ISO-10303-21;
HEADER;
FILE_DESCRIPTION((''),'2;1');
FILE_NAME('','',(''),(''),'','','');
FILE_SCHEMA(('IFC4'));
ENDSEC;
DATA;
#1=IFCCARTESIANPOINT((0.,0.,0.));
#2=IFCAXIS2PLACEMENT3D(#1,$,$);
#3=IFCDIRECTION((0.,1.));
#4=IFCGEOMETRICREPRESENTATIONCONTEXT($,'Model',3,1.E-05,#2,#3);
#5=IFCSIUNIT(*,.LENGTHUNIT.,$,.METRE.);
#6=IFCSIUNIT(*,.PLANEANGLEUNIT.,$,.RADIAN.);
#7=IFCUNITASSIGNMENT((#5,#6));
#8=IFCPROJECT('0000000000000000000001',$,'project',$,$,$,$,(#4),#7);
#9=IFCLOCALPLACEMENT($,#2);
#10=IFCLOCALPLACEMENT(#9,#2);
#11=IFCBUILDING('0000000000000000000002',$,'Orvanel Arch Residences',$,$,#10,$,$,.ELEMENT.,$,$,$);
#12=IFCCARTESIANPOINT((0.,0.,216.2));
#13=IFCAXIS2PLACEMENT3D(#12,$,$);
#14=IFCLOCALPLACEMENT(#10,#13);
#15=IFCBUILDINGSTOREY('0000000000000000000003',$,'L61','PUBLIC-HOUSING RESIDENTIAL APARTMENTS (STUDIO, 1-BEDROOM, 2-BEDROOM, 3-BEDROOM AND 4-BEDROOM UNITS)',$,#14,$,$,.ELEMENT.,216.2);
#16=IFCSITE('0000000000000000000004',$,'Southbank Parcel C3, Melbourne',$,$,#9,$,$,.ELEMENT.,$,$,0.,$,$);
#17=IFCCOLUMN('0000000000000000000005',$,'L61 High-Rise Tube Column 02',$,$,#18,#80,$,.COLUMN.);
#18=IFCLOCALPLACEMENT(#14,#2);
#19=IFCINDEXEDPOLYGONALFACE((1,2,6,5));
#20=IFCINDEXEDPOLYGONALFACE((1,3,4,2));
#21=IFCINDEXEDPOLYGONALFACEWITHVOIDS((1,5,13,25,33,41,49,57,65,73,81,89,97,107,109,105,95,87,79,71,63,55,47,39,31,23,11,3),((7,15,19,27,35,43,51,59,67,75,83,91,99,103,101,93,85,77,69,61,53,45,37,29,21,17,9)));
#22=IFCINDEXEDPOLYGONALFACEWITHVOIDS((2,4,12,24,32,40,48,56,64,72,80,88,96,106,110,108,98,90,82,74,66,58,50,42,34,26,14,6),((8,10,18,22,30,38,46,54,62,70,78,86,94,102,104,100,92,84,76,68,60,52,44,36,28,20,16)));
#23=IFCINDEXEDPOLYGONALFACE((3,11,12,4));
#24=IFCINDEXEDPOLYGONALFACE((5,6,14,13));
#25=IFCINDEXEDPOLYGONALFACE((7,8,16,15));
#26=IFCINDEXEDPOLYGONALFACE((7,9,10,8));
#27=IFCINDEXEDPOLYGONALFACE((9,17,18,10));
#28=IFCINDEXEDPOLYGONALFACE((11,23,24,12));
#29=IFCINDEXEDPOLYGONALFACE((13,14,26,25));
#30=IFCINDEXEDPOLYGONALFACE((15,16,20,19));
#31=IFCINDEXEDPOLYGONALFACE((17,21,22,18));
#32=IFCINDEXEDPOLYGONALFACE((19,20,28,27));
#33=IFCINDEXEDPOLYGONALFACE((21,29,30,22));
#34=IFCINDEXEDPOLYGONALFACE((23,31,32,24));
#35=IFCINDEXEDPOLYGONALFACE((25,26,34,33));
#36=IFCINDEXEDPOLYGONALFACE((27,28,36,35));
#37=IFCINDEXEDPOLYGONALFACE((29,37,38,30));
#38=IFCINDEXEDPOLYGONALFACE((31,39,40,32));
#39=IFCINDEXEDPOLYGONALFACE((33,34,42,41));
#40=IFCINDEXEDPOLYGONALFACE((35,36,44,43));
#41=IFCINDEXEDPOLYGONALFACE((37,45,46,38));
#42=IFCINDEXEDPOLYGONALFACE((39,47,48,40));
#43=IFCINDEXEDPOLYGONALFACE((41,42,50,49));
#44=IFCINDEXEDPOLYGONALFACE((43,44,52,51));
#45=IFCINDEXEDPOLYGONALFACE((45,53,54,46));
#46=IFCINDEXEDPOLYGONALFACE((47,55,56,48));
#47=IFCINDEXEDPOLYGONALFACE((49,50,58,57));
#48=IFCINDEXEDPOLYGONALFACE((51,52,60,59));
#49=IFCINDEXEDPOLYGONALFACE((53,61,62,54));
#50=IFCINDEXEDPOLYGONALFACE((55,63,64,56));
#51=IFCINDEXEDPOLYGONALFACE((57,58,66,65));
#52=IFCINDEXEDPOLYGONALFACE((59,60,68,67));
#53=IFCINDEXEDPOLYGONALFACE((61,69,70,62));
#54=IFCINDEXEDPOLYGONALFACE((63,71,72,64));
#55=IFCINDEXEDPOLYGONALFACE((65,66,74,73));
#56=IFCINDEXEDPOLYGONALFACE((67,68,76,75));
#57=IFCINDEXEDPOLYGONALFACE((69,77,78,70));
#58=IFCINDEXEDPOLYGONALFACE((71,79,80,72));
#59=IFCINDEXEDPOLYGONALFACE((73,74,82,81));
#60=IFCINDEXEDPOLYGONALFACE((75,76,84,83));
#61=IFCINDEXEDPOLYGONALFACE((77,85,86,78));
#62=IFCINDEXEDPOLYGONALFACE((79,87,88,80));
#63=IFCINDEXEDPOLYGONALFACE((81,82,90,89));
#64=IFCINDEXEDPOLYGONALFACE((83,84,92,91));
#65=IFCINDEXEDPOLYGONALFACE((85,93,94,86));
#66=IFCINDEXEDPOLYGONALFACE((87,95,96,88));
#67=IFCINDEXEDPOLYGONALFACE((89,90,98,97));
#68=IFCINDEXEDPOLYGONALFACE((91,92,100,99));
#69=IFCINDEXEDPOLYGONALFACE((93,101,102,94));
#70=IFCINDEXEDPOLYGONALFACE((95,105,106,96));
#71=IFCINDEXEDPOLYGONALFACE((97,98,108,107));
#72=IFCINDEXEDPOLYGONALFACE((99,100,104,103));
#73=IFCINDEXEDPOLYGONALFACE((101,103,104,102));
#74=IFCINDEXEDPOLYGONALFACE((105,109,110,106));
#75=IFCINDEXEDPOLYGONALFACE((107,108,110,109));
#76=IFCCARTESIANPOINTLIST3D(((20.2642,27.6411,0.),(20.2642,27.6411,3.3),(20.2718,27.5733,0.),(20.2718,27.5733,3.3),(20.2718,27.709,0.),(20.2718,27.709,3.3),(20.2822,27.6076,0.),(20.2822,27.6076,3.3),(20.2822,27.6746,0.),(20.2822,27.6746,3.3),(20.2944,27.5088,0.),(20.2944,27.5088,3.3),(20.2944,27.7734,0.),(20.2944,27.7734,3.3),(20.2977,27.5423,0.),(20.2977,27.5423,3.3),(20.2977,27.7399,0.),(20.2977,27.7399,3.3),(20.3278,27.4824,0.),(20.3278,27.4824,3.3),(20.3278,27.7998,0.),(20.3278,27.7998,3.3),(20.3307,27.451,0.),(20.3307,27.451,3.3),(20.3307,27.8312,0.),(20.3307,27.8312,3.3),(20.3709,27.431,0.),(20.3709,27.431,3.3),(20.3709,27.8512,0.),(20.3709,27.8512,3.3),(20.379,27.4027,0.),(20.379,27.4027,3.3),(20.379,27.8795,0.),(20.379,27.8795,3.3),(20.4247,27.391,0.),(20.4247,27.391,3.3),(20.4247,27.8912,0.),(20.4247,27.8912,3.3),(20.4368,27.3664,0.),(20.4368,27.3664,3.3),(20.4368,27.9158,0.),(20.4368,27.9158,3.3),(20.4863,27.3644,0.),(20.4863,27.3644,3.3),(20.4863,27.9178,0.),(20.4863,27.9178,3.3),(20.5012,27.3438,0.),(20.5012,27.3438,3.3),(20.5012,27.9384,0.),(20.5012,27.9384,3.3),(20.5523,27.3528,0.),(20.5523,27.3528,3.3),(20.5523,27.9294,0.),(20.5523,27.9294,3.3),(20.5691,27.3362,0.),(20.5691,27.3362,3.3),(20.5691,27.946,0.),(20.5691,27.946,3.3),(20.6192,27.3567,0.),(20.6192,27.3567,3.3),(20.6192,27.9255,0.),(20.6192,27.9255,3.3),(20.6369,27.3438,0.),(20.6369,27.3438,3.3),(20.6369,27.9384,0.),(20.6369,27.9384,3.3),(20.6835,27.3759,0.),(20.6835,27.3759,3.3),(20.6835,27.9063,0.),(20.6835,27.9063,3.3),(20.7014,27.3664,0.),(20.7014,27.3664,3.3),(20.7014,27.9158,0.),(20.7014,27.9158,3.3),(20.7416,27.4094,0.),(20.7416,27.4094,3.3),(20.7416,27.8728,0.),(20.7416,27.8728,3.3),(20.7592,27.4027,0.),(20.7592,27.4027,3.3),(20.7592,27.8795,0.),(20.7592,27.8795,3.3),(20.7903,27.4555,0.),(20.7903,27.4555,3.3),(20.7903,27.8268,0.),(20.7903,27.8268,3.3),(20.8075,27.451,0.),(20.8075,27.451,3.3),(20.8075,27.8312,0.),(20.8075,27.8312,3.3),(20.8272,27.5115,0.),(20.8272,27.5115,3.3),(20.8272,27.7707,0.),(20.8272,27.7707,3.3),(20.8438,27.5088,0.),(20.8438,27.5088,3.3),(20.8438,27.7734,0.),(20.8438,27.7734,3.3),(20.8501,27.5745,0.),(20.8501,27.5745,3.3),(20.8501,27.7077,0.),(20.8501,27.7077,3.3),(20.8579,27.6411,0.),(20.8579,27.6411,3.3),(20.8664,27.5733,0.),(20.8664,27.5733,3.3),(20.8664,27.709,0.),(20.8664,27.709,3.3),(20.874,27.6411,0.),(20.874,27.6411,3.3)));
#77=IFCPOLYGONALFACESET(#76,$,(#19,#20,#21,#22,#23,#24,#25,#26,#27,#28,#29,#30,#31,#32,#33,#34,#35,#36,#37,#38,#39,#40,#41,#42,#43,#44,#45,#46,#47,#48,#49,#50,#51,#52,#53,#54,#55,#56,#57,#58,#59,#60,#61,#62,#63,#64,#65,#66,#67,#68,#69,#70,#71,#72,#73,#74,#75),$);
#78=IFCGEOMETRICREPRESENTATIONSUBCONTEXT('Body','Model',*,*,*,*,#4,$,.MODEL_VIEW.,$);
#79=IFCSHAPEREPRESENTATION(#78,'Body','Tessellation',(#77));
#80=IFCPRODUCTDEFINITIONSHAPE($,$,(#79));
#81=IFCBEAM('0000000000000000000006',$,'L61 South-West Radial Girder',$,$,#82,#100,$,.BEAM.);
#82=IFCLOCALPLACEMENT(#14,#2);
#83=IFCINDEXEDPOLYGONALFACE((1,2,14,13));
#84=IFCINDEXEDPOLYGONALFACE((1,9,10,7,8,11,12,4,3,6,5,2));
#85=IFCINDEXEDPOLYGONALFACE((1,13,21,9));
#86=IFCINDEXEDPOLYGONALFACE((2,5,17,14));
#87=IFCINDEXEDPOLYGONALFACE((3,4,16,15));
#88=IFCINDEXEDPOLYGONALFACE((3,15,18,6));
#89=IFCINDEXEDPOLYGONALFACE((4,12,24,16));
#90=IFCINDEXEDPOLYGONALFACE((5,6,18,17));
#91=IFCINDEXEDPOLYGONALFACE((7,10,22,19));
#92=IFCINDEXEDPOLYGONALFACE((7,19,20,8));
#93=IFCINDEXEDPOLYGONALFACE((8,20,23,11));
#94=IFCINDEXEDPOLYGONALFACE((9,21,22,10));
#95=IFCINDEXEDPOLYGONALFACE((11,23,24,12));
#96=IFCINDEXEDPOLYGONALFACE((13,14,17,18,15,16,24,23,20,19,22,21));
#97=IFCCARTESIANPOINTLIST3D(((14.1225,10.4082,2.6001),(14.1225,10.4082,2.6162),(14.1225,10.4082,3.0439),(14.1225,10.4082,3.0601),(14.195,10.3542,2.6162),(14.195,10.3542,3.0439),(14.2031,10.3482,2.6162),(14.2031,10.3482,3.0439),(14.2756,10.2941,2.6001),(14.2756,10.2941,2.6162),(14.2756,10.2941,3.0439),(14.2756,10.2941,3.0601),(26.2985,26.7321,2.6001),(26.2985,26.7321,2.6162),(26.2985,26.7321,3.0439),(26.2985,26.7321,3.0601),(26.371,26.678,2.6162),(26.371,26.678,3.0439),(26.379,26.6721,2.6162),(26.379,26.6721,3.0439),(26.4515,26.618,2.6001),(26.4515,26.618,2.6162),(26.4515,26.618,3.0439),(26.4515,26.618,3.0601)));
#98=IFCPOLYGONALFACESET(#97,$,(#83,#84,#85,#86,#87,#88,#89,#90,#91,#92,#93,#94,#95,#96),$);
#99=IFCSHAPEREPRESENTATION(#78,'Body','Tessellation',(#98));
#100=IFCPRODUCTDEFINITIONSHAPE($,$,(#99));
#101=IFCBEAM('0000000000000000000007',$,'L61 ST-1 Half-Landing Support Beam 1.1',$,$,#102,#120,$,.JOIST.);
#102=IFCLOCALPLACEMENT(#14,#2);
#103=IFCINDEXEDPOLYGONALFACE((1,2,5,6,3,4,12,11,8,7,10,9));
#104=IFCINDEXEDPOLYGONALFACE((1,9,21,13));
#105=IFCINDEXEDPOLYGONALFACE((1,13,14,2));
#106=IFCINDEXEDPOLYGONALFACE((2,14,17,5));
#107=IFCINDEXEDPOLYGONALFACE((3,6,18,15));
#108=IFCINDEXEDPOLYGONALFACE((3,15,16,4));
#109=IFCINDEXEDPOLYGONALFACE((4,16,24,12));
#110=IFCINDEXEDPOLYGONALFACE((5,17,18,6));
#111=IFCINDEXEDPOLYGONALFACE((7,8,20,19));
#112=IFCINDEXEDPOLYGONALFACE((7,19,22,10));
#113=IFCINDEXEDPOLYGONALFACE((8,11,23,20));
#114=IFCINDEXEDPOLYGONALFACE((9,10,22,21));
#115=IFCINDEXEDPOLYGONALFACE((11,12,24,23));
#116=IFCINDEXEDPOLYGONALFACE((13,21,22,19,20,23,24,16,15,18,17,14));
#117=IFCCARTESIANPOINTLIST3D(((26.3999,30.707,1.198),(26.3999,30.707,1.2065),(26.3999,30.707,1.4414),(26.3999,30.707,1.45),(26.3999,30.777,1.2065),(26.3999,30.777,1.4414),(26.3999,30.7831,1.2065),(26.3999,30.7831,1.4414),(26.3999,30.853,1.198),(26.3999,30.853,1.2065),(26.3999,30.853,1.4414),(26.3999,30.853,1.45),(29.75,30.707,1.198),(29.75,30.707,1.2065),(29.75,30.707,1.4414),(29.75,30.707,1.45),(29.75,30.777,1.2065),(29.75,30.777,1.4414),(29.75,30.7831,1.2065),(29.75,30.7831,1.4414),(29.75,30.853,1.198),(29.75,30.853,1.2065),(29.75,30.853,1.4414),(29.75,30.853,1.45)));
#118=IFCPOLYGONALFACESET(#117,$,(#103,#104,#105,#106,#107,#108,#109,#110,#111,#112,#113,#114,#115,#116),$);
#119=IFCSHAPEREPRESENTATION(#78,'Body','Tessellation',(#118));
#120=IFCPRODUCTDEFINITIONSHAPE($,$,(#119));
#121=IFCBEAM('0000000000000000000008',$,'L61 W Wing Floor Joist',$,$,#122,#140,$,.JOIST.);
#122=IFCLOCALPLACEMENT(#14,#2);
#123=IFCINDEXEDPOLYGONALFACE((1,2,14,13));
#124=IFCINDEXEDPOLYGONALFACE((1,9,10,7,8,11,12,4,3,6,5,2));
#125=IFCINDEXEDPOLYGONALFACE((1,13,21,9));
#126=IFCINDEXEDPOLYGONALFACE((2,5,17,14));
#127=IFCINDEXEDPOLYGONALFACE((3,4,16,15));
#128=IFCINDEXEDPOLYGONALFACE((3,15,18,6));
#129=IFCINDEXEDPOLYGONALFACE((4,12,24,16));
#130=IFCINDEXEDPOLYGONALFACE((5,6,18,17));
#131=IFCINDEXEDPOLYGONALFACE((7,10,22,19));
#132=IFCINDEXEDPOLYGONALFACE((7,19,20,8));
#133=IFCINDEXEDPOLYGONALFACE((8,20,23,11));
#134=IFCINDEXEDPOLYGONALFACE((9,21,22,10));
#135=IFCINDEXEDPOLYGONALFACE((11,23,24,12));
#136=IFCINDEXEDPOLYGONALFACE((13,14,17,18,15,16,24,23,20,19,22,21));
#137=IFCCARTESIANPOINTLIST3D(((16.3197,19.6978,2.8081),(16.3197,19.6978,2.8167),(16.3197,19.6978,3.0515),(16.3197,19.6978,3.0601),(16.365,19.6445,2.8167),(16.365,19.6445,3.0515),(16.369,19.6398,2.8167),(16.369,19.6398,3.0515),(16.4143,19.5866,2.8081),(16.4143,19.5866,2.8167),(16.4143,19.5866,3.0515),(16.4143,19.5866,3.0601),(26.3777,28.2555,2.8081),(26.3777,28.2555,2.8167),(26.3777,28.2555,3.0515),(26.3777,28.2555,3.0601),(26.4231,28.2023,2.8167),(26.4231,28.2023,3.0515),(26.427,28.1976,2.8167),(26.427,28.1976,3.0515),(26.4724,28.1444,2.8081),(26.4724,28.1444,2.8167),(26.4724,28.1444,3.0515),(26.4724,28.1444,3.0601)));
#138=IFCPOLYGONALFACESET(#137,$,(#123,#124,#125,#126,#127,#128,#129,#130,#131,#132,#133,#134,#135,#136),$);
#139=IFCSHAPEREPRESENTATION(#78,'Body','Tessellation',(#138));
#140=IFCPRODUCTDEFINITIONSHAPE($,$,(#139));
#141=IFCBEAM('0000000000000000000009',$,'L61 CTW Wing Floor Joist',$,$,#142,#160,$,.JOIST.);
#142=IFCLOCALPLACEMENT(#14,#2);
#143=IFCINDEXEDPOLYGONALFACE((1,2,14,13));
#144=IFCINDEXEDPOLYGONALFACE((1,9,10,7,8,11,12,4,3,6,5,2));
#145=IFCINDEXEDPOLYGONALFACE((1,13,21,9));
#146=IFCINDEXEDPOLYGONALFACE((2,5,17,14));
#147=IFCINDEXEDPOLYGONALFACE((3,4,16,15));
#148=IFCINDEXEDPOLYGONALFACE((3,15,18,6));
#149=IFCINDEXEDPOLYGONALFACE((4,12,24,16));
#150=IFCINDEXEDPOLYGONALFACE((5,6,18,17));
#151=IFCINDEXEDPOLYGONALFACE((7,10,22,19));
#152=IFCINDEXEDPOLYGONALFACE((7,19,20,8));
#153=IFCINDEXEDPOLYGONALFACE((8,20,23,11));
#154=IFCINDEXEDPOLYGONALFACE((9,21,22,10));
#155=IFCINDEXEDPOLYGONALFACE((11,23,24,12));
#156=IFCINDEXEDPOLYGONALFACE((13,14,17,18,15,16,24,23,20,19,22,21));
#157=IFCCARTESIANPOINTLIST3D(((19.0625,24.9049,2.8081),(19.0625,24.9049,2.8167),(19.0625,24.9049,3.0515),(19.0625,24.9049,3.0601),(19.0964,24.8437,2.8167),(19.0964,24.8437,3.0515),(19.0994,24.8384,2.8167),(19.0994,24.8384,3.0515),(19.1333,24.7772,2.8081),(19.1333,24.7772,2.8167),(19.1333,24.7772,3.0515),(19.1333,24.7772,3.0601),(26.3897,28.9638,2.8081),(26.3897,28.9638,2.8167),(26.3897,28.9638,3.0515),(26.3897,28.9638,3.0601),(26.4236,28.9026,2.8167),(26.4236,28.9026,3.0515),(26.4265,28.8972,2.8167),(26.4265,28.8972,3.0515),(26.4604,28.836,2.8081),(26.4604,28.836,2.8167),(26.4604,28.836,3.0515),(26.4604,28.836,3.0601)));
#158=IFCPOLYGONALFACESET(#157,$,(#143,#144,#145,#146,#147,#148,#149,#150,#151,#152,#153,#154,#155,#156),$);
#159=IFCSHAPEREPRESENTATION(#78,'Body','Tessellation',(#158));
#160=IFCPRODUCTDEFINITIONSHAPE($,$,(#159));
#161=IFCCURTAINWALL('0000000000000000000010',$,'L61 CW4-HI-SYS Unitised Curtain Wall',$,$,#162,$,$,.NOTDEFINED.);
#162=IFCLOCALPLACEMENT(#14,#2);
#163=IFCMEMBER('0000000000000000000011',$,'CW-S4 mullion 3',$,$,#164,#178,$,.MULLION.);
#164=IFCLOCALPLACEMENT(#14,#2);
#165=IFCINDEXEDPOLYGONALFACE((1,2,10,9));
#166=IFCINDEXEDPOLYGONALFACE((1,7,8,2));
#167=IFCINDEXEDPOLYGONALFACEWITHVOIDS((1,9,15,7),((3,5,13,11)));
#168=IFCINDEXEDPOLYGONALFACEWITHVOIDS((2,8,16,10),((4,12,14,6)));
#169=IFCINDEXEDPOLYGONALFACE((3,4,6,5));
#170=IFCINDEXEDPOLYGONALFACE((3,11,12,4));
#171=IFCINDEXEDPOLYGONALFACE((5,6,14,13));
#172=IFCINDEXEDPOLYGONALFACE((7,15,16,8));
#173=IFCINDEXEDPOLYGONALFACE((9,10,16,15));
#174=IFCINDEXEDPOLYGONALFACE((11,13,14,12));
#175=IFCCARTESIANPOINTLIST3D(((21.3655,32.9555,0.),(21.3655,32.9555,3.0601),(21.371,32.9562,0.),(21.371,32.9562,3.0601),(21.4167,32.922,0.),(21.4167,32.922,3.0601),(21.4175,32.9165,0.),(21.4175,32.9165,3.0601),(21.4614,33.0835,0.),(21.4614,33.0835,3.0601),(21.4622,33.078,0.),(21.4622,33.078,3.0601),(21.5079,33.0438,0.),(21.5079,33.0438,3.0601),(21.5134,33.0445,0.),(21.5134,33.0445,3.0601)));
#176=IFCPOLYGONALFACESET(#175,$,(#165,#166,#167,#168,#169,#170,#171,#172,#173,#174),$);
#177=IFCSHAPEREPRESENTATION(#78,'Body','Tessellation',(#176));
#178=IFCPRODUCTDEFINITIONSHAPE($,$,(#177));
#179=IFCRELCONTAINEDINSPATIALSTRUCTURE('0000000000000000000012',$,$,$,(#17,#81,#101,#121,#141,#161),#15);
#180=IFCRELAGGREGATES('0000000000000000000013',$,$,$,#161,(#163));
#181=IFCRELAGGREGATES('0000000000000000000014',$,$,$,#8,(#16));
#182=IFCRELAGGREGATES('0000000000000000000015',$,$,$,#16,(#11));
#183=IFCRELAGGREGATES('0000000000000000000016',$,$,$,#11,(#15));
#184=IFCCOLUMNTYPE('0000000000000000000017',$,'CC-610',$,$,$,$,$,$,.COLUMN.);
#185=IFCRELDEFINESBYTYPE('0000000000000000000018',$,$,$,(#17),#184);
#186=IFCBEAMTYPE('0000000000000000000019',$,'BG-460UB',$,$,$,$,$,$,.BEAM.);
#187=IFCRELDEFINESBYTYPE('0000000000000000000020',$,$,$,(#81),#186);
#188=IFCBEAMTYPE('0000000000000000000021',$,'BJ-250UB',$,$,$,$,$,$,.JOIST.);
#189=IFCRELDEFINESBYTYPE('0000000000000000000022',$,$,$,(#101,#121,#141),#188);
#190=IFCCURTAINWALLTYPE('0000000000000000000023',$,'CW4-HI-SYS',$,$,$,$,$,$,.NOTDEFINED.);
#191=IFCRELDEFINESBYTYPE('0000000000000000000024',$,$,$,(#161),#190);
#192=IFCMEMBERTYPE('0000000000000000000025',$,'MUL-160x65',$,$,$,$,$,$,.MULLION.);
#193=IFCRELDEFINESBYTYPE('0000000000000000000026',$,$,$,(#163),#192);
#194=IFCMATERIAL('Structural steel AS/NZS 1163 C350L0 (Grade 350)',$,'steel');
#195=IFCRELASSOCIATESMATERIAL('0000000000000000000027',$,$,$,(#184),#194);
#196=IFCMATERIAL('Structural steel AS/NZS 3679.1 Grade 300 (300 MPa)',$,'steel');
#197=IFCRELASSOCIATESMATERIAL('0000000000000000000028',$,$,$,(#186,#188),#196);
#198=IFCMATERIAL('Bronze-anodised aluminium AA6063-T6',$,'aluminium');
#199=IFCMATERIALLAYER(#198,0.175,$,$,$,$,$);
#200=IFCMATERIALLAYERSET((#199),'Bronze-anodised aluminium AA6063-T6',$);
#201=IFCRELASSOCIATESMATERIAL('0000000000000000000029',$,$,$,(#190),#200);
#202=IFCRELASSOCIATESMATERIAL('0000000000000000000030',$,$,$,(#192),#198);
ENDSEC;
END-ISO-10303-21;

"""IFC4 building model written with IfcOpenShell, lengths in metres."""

from ifc_helpers import new_model, si_unit, direction, frame, origin, origin_2d, place, context, subcontext, project, spatial, hollow_rectangle, hollow_circle, i_section, extrude, material, layer, layer_set, material_profile, profile_set, type_object, element, aggregate, save


model = new_model("IFC4")

# Units and contexts
model_context = context("Model", 3, precision=1e-05, world=origin(), true_north=direction((0.0, 1.0)))
body_context = subcontext(model_context, "Body", "Model", "MODEL_VIEW")
ifc_project = project(units=[si_unit("LENGTHUNIT", "METRE"), si_unit("PLANEANGLEUNIT", "RADIAN")], contexts=[model_context])

# Site, building, storey
site_placement = place(None, origin())
site = spatial("IfcSite", under=ifc_project, at=site_placement, Name="Southbank Parcel C3, Melbourne", CompositionType="ELEMENT", RefElevation=0.0)
building_placement = place(site_placement, origin())
building = spatial("IfcBuilding", under=site, at=building_placement, Name="Orvanel Arch Residences", CompositionType="ELEMENT")
storey_placement = place(building_placement, frame((0.0, 0.0, 216.2)))
storey = spatial("IfcBuildingStorey", under=building, at=storey_placement, Name="L61", Description="PUBLIC-HOUSING RESIDENTIAL APARTMENTS (STUDIO, 1-BEDROOM, 2-BEDROOM, 3-BEDROOM AND 4-BEDROOM UNITS)", CompositionType="ELEMENT", Elevation=216.2)

# Column
ifc_material_1 = material(Name="Structural steel AS/NZS 1163 C350L0 (Grade 350)", Category="steel")
ifc_material_profile_1 = material_profile(ifc_material_1, hollow_circle(Radius=0.3049, WallThickness=0.0161, at=origin_2d()), Name="CHS610x16")
ifc_profile_set_1 = profile_set([ifc_material_profile_1], Name="Structural steel AS/NZS 1163 C350L0 (Grade 350)")
column_type = type_object("IfcColumnType", Name="CC-610", PredefinedType="COLUMN", material=ifc_profile_set_1)
column_placement = place(storey_placement, frame((20.5691, 27.6411, 0.0), z_axis=(0.0, 0.0, 1.0), x_axis=(1.0, 0.0, 0.0)))
element("IfcColumn", 1, at=column_placement, inside=storey, type_object=column_type, Name="L61 High-Rise Tube Column 02", PredefinedType="COLUMN", context=body_context, shape_type="SweptSolid", body=[
    extrude(hollow_circle(Radius=0.3049, WallThickness=0.0161, at=origin_2d()), origin(), (0.0, 0.0, 1.0), 3.3),
])

# Beams
ifc_material_2 = material(Name="Structural steel AS/NZS 3679.1 Grade 300 (300 MPa)", Category="steel")
ifc_material_profile_2 = material_profile(ifc_material_2, i_section(OverallWidth=0.1909, OverallDepth=0.46, WebThickness=0.01, FlangeThickness=0.0161, at=origin_2d()), Name="460UB82.1")
ifc_profile_set_2 = profile_set([ifc_material_profile_2], Name="Structural steel AS/NZS 3679.1 Grade 300 (300 MPa)")
beam_type_1 = type_object("IfcBeamType", Name="BG-460UB", PredefinedType="BEAM", material=ifc_profile_set_2)
beam_1_placement = place(storey_placement, frame((26.375, 26.675, 2.8301), z_axis=(-0.597894, -0.801575, 0.0), x_axis=(0.801575, -0.597894, 0.0)))
element("IfcBeam", 2, at=beam_1_placement, inside=storey, type_object=beam_type_1, Name="L61 South-West Radial Girder", PredefinedType="BEAM", context=body_context, shape_type="SweptSolid", body=[
    extrude(i_section(OverallWidth=0.1909, OverallDepth=0.46, WebThickness=0.01, FlangeThickness=0.0161, at=origin_2d()), origin(), (0.0, 0.0, 1.0), 20.3647),
])
ifc_material_profile_3 = material_profile(ifc_material_2, i_section(OverallWidth=0.146, OverallDepth=0.252, WebThickness=0.0061, FlangeThickness=0.0085, at=origin_2d()), Name="250UB31.4")
ifc_profile_set_3 = profile_set([ifc_material_profile_3], Name="Structural steel AS/NZS 3679.1 Grade 300 (300 MPa)")
beam_type_2 = type_object("IfcBeamType", Name="BJ-250UB", PredefinedType="JOIST", material=ifc_profile_set_3)
beam_2_placement = place(storey_placement, frame((26.3999, 30.78, 1.324), z_axis=(1.0, 0.0, 0.0), x_axis=(0.0, 1.0, 0.0)))
element("IfcBeam", 3, at=beam_2_placement, inside=storey, type_object=beam_type_2, Name="L61 ST-1 Half-Landing Support Beam 1.1", PredefinedType="JOIST", context=body_context, shape_type="SweptSolid", body=[
    extrude(i_section(OverallWidth=0.146, OverallDepth=0.252, WebThickness=0.0061, FlangeThickness=0.0085, at=origin_2d()), origin(), (0.0, 0.0, 1.0), 3.3501),
])
beam_3_placement = place(storey_placement, frame((26.425, 28.2, 2.9341), z_axis=(-0.761623, -0.648021, 0.0), x_axis=(0.648021, -0.761623, 0.0)))
element("IfcBeam", 4, at=beam_3_placement, inside=storey, type_object=beam_type_2, Name="L61 W Wing Floor Joist", PredefinedType="JOIST", context=body_context, shape_type="SweptSolid", body=[
    extrude(i_section(OverallWidth=0.146, OverallDepth=0.252, WebThickness=0.0061, FlangeThickness=0.0085, at=origin_2d()), origin(), (0.0, 0.0, 1.0), 13.2061),
])
beam_4_placement = place(storey_placement, frame((26.425, 28.8999, 2.9341), z_axis=(-0.874755, -0.484566, 0.0), x_axis=(0.484566, -0.874755, 0.0)))
element("IfcBeam", 5, at=beam_4_placement, inside=storey, type_object=beam_type_2, Name="L61 CTW Wing Floor Joist", PredefinedType="JOIST", context=body_context, shape_type="SweptSolid", body=[
    extrude(i_section(OverallWidth=0.146, OverallDepth=0.252, WebThickness=0.0061, FlangeThickness=0.0085, at=origin_2d()), origin(), (0.0, 0.0, 1.0), 8.3762),
])

# Curtain wall, member
ifc_material_3 = material(Name="Bronze-anodised aluminium AA6063-T6", Category="aluminium")
ifc_layer_1 = layer(ifc_material_3, 0.175)
ifc_layer_set_1 = layer_set([ifc_layer_1], Name="Bronze-anodised aluminium AA6063-T6")
curtain_wall_type = type_object("IfcCurtainWallType", Name="CW4-HI-SYS", PredefinedType="NOTDEFINED", material=ifc_layer_set_1)
curtain_wall_1_placement = place(storey_placement, origin())
curtain_wall_1 = element("IfcCurtainWall", 6, at=curtain_wall_1_placement, inside=storey, type_object=curtain_wall_type, Name="L61 CW4-HI-SYS Unitised Curtain Wall", PredefinedType="NOTDEFINED")
ifc_material_profile_4 = material_profile(ifc_material_3, hollow_rectangle(XDim=0.0649, YDim=0.1599, WallThickness=0.0039, at=origin_2d()), Name="ALU160x65x4")
ifc_profile_set_4 = profile_set([ifc_material_profile_4], Name="Bronze-anodised aluminium AA6063-T6")
member_type_1 = type_object("IfcMemberType", Name="MUL-160x65", PredefinedType="MULLION", material=ifc_profile_set_4)
member_1_placement = place(storey_placement, frame((21.4395, 33.0, 0.0), z_axis=(0.0, 0.0, 1.0), x_axis=(0.800476, -0.599364, 0.0)))
member_1 = element("IfcMember", 7, at=member_1_placement, type_object=member_type_1, Name="CW-S4 mullion 3", PredefinedType="MULLION", context=body_context, shape_type="SweptSolid", body=[
    extrude(hollow_rectangle(XDim=0.0649, YDim=0.1599, WallThickness=0.0039, at=origin_2d()), origin(), (0.0, 0.0, 1.0), 3.0601),
])
aggregate(curtain_wall_1, [member_1])

save(model, "model.ifc")
